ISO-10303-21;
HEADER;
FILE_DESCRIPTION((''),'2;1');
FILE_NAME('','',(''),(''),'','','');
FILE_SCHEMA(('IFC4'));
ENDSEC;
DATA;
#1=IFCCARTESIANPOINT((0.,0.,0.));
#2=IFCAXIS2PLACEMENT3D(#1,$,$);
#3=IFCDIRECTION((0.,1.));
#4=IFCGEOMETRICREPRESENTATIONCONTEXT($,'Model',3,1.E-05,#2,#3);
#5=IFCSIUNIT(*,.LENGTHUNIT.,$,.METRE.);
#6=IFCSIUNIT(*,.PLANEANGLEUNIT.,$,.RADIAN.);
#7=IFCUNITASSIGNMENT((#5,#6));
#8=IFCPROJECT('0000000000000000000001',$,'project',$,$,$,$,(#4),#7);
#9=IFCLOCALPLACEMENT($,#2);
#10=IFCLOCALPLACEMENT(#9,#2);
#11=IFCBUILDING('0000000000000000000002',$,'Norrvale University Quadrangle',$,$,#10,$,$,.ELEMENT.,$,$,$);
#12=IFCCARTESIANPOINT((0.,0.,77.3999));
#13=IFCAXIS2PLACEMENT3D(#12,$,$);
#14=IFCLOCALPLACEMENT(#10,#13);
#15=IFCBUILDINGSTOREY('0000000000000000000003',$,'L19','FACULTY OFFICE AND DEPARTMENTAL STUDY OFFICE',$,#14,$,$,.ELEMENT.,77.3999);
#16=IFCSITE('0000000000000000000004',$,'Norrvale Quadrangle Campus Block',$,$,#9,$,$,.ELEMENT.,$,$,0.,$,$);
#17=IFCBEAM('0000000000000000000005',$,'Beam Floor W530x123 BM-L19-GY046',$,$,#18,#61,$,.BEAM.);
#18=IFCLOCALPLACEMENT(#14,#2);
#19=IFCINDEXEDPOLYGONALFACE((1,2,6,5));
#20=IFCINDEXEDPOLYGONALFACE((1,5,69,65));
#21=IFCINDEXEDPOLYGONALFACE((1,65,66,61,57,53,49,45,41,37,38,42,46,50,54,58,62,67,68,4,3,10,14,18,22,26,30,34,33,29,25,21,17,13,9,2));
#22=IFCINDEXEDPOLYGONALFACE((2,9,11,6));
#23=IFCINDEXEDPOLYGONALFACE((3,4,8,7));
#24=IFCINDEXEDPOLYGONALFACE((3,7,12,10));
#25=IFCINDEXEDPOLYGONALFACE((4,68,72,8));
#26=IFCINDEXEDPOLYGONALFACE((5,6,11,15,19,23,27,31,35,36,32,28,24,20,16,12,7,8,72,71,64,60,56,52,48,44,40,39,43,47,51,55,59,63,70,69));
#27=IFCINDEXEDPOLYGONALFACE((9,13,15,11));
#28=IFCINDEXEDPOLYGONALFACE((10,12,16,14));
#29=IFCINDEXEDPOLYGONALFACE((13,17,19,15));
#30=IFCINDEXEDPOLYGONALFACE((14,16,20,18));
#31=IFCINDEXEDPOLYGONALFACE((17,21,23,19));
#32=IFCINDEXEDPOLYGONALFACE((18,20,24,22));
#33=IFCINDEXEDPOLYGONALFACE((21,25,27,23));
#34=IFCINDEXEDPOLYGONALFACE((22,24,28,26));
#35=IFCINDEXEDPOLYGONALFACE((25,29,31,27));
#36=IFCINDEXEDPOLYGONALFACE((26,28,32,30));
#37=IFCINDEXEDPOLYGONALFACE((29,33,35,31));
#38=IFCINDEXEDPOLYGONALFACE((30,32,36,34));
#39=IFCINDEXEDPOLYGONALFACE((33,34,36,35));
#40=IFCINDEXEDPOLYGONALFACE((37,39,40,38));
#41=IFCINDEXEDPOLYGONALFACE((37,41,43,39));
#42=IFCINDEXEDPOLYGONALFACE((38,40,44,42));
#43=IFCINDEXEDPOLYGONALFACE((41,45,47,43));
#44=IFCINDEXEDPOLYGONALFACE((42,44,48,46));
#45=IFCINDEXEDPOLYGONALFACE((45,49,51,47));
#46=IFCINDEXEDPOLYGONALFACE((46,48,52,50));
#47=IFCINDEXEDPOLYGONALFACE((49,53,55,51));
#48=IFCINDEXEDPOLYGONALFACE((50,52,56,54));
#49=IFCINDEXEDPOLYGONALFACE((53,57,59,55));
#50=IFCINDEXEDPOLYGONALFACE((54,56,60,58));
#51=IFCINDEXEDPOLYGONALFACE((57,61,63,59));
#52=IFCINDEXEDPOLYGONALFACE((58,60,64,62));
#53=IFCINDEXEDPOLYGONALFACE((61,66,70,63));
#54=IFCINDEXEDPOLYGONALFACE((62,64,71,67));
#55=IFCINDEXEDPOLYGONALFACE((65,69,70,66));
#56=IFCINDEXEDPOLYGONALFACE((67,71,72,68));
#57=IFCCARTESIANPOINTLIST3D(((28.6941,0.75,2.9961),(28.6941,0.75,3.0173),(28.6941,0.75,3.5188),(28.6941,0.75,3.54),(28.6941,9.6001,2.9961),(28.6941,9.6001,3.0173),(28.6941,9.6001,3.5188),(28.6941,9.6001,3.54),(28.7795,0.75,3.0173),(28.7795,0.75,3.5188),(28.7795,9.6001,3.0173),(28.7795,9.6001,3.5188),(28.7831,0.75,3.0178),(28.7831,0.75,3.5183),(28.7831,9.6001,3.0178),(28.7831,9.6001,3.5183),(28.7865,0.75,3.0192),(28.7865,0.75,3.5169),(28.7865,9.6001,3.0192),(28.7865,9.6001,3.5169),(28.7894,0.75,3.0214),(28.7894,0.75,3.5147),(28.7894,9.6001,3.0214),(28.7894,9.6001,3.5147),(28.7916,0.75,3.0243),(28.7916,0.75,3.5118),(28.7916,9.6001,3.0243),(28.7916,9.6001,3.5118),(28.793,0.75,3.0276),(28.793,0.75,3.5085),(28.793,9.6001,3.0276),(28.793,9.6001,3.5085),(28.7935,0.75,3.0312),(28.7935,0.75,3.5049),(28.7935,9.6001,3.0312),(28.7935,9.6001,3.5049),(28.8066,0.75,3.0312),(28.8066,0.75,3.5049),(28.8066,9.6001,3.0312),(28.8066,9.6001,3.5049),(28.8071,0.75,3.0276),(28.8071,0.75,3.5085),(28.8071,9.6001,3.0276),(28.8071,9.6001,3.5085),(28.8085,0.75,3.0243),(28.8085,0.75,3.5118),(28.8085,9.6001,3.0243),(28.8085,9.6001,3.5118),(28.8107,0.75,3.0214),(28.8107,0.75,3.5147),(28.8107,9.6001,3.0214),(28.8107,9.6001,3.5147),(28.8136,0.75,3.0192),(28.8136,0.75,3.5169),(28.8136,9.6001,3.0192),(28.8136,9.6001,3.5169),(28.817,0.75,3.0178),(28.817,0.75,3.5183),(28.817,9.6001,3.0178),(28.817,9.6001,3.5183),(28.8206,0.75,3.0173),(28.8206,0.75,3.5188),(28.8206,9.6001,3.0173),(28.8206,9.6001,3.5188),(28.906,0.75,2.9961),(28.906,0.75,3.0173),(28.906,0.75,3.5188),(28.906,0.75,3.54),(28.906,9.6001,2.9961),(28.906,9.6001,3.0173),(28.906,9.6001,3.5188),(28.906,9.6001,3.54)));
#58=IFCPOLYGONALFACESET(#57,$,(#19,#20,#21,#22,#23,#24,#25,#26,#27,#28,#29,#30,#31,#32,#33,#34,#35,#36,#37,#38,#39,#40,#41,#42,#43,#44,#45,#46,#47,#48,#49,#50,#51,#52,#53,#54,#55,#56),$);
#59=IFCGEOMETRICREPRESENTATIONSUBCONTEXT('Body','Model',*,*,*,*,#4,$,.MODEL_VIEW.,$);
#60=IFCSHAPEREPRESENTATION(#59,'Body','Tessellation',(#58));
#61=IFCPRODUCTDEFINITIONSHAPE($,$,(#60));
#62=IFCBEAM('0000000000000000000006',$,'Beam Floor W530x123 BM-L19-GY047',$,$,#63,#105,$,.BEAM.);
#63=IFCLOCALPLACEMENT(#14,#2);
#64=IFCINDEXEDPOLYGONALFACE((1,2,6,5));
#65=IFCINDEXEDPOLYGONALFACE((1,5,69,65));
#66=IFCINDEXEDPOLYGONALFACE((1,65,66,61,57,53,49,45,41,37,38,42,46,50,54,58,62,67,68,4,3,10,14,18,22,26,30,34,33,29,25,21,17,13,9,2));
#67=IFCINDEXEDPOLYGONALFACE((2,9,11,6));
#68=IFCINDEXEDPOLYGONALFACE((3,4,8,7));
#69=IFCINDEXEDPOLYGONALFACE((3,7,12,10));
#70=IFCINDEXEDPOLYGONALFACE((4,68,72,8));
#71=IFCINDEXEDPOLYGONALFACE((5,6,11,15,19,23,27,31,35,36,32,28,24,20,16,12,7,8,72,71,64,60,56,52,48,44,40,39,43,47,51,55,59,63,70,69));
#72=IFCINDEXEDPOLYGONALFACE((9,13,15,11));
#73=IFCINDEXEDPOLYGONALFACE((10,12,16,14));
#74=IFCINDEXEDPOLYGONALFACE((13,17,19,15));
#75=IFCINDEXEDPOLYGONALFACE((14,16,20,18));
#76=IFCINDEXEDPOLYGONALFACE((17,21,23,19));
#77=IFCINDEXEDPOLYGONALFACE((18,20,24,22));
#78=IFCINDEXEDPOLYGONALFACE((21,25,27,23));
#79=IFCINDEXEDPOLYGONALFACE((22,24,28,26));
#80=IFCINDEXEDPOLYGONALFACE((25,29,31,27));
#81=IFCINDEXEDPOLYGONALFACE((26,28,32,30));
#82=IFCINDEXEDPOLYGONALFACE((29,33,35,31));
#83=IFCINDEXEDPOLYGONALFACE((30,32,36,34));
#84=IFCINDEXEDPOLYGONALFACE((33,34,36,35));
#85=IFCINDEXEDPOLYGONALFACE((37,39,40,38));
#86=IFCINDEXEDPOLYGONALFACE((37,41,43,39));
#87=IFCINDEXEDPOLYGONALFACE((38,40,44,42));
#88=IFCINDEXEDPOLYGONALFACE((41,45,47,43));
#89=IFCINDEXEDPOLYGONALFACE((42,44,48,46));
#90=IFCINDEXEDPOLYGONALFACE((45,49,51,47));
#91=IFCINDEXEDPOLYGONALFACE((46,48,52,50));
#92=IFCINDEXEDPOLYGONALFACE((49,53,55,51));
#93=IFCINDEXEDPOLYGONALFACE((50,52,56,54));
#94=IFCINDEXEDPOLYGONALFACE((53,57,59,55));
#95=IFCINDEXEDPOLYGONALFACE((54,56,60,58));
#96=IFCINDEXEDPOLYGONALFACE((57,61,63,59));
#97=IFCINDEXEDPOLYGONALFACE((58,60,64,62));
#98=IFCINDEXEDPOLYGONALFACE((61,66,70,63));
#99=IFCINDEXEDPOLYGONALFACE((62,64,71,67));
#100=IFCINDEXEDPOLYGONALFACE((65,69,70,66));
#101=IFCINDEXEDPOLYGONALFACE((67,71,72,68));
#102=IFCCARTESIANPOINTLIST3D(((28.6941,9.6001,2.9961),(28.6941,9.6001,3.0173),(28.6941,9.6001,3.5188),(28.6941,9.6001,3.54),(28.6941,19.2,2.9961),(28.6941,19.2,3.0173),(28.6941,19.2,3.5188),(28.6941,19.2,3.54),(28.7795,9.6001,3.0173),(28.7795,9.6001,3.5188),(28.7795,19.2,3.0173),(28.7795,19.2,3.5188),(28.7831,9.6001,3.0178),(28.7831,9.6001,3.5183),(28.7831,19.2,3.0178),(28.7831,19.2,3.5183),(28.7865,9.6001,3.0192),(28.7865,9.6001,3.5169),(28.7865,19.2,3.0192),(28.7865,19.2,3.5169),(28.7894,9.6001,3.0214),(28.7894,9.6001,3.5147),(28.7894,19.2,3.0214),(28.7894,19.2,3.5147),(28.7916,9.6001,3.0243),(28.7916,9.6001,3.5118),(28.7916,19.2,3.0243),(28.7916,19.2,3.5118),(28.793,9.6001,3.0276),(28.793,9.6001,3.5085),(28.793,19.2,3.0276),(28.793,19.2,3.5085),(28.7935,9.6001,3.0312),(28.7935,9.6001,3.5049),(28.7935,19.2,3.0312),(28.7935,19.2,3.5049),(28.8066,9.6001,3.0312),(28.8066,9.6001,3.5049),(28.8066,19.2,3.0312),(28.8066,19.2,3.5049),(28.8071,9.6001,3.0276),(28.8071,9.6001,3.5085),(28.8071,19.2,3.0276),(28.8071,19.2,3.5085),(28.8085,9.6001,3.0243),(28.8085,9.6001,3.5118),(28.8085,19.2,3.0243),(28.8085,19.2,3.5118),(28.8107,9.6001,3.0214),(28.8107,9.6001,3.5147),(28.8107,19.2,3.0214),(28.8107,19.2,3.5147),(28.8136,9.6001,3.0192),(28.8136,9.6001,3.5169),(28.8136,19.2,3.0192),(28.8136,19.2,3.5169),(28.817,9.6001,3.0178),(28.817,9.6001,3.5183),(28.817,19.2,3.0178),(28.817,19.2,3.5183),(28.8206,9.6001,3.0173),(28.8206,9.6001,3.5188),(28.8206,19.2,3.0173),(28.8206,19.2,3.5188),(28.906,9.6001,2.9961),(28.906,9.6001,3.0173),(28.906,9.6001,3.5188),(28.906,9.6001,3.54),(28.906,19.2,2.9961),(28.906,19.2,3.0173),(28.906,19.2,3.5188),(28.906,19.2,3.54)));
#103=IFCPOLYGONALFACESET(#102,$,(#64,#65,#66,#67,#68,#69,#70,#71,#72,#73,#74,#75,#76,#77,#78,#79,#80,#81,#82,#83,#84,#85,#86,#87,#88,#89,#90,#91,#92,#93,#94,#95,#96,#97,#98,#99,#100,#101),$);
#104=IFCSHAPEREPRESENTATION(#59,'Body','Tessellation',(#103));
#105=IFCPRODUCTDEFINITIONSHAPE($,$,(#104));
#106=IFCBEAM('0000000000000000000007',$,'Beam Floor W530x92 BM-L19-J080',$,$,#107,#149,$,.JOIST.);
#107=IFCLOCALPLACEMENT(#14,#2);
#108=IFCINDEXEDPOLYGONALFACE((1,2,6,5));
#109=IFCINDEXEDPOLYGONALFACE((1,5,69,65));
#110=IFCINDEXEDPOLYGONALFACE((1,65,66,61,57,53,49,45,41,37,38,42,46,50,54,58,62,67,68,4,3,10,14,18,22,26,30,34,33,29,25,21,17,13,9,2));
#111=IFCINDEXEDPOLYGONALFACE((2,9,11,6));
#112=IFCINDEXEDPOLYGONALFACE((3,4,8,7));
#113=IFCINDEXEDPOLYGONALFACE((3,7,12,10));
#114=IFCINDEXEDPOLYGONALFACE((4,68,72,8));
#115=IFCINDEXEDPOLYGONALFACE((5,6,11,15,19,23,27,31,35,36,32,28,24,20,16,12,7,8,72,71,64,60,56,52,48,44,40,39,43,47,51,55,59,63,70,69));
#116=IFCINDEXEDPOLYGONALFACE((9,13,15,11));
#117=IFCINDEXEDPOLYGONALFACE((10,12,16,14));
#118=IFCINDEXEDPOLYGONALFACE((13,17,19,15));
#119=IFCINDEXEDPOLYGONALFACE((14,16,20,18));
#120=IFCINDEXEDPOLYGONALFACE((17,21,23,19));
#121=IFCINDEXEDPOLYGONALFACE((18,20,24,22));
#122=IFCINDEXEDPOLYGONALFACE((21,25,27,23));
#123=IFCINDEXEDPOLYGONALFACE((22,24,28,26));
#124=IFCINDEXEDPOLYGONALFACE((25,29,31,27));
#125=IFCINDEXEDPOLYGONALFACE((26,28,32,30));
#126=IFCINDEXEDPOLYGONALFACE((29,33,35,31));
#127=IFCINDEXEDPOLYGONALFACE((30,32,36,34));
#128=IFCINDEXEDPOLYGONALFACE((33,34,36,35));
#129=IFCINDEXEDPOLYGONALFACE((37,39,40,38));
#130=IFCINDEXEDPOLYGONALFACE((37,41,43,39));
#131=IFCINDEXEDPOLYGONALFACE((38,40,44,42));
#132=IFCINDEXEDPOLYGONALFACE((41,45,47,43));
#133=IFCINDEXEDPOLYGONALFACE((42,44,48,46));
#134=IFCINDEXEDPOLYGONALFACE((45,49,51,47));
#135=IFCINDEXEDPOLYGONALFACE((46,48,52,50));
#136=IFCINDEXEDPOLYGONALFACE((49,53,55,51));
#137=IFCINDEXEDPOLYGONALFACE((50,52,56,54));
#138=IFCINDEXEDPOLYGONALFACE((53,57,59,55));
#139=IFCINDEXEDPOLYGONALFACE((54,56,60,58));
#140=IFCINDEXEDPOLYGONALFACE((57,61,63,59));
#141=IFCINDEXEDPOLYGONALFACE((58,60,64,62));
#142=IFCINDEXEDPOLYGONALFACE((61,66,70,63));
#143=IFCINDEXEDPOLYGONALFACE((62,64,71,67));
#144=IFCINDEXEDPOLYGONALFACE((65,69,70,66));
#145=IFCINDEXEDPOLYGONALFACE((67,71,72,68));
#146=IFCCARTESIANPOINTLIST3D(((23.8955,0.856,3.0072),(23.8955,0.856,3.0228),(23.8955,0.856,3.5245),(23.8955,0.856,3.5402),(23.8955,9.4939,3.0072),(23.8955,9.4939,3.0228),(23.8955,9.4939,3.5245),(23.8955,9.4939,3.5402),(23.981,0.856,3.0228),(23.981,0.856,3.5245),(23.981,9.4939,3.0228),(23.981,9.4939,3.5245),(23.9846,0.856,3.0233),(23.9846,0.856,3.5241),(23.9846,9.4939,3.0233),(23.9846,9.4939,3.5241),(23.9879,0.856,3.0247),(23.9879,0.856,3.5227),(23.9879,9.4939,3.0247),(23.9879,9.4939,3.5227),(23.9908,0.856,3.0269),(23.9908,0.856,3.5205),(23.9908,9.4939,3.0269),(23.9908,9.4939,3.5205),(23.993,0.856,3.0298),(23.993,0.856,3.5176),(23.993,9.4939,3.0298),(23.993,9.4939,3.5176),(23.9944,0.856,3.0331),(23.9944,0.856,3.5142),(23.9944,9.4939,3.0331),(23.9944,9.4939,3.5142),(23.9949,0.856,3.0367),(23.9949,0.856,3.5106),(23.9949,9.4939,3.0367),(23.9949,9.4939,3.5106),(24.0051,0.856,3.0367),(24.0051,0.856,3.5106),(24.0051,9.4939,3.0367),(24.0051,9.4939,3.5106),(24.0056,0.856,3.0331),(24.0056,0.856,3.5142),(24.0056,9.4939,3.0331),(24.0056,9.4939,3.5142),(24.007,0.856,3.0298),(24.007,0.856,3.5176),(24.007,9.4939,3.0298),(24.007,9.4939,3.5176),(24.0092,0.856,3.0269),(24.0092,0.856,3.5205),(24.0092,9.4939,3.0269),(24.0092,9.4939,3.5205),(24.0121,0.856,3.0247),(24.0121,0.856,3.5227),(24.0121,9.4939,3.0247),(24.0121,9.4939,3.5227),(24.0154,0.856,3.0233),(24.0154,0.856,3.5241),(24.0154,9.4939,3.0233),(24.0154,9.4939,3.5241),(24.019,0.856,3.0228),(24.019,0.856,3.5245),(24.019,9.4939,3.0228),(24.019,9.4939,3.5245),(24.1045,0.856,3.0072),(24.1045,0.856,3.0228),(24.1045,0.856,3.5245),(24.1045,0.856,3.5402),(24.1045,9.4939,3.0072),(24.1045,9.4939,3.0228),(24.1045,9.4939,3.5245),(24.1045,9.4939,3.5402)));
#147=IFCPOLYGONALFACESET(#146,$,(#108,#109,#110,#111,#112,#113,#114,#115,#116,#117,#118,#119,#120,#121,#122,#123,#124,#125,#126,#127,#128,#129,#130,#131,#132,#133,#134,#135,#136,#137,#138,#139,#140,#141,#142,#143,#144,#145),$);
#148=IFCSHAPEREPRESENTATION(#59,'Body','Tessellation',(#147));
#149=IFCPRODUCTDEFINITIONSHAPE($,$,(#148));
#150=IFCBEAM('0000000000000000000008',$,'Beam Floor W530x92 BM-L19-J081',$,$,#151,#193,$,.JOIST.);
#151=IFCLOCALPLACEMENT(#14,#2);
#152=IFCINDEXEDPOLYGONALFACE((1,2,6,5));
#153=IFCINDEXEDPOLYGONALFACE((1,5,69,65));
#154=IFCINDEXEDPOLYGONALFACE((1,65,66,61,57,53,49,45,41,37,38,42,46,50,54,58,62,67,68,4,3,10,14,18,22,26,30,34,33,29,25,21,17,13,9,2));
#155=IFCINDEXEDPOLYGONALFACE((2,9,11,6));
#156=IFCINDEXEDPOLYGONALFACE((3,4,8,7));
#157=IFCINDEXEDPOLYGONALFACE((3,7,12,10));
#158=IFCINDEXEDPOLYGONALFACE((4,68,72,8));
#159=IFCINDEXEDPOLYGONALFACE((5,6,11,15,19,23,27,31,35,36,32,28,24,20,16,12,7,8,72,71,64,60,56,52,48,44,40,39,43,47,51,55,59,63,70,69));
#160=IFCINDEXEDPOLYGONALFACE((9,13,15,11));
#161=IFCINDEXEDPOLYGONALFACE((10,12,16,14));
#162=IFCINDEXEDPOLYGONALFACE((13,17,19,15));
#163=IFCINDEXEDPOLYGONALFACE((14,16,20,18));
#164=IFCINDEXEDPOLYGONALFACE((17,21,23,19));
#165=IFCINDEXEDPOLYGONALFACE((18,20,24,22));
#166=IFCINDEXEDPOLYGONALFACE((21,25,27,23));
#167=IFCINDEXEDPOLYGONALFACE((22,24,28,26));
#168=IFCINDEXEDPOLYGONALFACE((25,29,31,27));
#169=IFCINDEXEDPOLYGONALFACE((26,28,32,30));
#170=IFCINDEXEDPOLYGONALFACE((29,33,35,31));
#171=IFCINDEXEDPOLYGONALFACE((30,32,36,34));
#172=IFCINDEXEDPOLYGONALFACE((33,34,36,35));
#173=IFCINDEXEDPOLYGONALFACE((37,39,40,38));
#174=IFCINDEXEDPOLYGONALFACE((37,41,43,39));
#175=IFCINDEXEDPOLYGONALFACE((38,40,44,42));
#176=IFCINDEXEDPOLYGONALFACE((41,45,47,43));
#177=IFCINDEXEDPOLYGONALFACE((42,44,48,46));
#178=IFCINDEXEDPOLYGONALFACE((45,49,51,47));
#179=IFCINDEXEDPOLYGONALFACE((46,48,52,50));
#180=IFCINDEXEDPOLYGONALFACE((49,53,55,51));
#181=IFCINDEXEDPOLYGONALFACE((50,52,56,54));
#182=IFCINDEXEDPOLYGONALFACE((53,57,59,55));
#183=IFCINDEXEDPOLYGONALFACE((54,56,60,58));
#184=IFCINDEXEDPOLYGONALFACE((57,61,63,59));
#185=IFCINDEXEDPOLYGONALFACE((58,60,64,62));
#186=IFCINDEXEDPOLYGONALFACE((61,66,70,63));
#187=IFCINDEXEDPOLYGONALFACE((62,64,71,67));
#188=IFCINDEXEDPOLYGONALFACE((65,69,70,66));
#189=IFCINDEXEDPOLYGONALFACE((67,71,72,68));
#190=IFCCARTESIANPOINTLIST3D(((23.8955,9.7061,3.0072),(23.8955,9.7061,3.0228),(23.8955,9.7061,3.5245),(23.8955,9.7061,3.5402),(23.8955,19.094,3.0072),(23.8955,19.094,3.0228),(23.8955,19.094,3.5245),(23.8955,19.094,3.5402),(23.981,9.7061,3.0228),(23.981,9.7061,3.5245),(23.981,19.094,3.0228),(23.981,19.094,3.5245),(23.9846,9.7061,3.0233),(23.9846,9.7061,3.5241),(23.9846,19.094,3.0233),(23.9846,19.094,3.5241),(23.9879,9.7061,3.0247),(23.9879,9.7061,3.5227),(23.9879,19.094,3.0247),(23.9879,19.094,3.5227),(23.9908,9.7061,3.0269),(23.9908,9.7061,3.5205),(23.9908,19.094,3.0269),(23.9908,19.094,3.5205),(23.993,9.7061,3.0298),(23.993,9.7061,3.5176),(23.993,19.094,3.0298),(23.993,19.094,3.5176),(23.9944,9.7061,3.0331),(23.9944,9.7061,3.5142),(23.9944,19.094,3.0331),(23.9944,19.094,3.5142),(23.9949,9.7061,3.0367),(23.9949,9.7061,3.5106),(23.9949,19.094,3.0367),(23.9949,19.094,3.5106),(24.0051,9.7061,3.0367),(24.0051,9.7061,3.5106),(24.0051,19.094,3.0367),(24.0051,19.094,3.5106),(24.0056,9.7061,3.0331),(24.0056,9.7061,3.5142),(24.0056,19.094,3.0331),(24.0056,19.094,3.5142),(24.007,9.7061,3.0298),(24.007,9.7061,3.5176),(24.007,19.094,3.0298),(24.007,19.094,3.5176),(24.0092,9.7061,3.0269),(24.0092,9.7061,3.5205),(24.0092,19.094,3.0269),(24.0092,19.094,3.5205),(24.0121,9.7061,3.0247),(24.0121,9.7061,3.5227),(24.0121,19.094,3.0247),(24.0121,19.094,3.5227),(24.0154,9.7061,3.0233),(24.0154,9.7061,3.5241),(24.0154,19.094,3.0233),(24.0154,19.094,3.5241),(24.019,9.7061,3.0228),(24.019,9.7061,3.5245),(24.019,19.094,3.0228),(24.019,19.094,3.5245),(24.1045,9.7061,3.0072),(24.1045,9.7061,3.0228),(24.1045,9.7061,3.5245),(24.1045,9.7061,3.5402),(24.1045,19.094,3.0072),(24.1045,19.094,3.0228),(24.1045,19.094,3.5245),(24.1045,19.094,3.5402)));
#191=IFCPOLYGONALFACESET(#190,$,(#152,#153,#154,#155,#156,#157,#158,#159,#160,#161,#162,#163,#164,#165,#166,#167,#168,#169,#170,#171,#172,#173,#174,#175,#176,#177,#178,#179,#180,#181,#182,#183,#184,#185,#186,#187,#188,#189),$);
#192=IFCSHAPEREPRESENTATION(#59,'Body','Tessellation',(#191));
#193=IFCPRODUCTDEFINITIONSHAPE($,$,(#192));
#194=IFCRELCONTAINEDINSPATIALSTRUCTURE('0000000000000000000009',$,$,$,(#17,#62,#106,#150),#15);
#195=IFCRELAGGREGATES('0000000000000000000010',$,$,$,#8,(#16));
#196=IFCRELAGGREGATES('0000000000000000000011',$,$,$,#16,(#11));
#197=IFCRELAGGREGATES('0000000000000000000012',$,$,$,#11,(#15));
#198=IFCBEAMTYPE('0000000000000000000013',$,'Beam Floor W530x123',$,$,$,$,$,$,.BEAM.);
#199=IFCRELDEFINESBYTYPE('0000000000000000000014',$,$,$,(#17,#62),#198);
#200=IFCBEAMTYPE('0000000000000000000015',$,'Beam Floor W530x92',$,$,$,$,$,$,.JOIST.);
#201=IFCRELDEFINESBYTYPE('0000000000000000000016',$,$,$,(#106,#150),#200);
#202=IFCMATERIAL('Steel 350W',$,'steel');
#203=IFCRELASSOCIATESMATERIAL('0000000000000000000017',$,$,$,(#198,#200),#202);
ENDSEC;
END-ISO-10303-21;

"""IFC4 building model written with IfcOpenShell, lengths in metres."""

from ifc_helpers import new_model, si_unit, direction, frame, origin, origin_2d, place, context, subcontext, project, spatial, i_section, extrude, material, material_profile, profile_set, type_object, element, save


model = new_model("IFC4")

# Units and contexts
model_context = context("Model", 3, precision=1e-05, world=origin(), true_north=direction((0.0, 1.0)))
body_context = subcontext(model_context, "Body", "Model", "MODEL_VIEW")
ifc_project = project(units=[si_unit("LENGTHUNIT", "METRE"), si_unit("PLANEANGLEUNIT", "RADIAN")], contexts=[model_context])

# Site, building, storey
site_placement = place(None, origin())
site = spatial("IfcSite", under=ifc_project, at=site_placement, Name="Norrvale Quadrangle Campus Block", CompositionType="ELEMENT", RefElevation=0.0)
building_placement = place(site_placement, origin())
building = spatial("IfcBuilding", under=site, at=building_placement, Name="Norrvale University Quadrangle", CompositionType="ELEMENT")
storey_placement = place(building_placement, frame((0.0, 0.0, 77.3999)))
storey = spatial("IfcBuildingStorey", under=building, at=storey_placement, Name="L19", Description="FACULTY OFFICE AND DEPARTMENTAL STUDY OFFICE", CompositionType="ELEMENT", Elevation=77.3999)

# Beams
ifc_material_1 = material(Name="Steel 350W", Category="steel")
ifc_material_profile_1 = material_profile(ifc_material_1, i_section(OverallWidth=0.2119, OverallDepth=0.5439, WebThickness=0.0132, FlangeThickness=0.0212, FilletRadius=0.0139, at=origin_2d()), Name="Steel 350W")
ifc_profile_set_1 = profile_set([ifc_material_profile_1], Name="Steel 350W")
beam_type_1 = type_object("IfcBeamType", Name="Beam Floor W530x123", PredefinedType="BEAM", material=ifc_profile_set_1)
beam_1_placement = place(storey_placement, frame((28.8, 0.75, 3.2681), z_axis=(0.0, 1.0, 0.0), x_axis=(-1.0, 0.0, 0.0)))
element("IfcBeam", 1, at=beam_1_placement, inside=storey, type_object=beam_type_1, Name="Beam Floor W530x123 BM-L19-GY046", PredefinedType="BEAM", context=body_context, shape_type="SweptSolid", body=[
    extrude(i_section(OverallWidth=0.2119, OverallDepth=0.5439, WebThickness=0.0132, FlangeThickness=0.0212, FilletRadius=0.0139, at=origin_2d()), origin(), (0.0, 0.0, 1.0), 8.8501),
])
beam_2_placement = place(storey_placement, frame((28.8, 9.6001, 3.2681), z_axis=(0.0, 1.0, 0.0), x_axis=(-1.0, 0.0, 0.0)))
element("IfcBeam", 2, at=beam_2_placement, inside=storey, type_object=beam_type_1, Name="Beam Floor W530x123 BM-L19-GY047", PredefinedType="BEAM", context=body_context, shape_type="SweptSolid", body=[
    extrude(i_section(OverallWidth=0.2119, OverallDepth=0.5439, WebThickness=0.0132, FlangeThickness=0.0212, FilletRadius=0.0139, at=origin_2d()), origin(), (0.0, 0.0, 1.0), 9.5999),
])
ifc_material_profile_2 = material_profile(ifc_material_1, i_section(OverallWidth=0.209, OverallDepth=0.533, WebThickness=0.0103, FlangeThickness=0.0156, FilletRadius=0.0139, at=origin_2d()), Name="Steel 350W")
ifc_profile_set_2 = profile_set([ifc_material_profile_2], Name="Steel 350W")
beam_type_2 = type_object("IfcBeamType", Name="Beam Floor W530x92", PredefinedType="JOIST", material=ifc_profile_set_2)
beam_3_placement = place(storey_placement, frame((24.0, 0.856, 3.2737), z_axis=(0.0, 1.0, 0.0), x_axis=(-1.0, 0.0, 0.0)))
element("IfcBeam", 3, at=beam_3_placement, inside=storey, type_object=beam_type_2, Name="Beam Floor W530x92 BM-L19-J080", PredefinedType="JOIST", context=body_context, shape_type="SweptSolid", body=[
    extrude(i_section(OverallWidth=0.209, OverallDepth=0.533, WebThickness=0.0103, FlangeThickness=0.0156, FilletRadius=0.0139, at=origin_2d()), origin(), (0.0, 0.0, 1.0), 8.6379),
])
beam_4_placement = place(storey_placement, frame((24.0, 9.7061, 3.2737), z_axis=(0.0, 1.0, 0.0), x_axis=(-1.0, 0.0, 0.0)))
element("IfcBeam", 4, at=beam_4_placement, inside=storey, type_object=beam_type_2, Name="Beam Floor W530x92 BM-L19-J081", PredefinedType="JOIST", context=body_context, shape_type="SweptSolid", body=[
    extrude(i_section(OverallWidth=0.209, OverallDepth=0.533, WebThickness=0.0103, FlangeThickness=0.0156, FilletRadius=0.0139, at=origin_2d()), origin(), (0.0, 0.0, 1.0), 9.3879),
])

save(model, "model.ifc")
